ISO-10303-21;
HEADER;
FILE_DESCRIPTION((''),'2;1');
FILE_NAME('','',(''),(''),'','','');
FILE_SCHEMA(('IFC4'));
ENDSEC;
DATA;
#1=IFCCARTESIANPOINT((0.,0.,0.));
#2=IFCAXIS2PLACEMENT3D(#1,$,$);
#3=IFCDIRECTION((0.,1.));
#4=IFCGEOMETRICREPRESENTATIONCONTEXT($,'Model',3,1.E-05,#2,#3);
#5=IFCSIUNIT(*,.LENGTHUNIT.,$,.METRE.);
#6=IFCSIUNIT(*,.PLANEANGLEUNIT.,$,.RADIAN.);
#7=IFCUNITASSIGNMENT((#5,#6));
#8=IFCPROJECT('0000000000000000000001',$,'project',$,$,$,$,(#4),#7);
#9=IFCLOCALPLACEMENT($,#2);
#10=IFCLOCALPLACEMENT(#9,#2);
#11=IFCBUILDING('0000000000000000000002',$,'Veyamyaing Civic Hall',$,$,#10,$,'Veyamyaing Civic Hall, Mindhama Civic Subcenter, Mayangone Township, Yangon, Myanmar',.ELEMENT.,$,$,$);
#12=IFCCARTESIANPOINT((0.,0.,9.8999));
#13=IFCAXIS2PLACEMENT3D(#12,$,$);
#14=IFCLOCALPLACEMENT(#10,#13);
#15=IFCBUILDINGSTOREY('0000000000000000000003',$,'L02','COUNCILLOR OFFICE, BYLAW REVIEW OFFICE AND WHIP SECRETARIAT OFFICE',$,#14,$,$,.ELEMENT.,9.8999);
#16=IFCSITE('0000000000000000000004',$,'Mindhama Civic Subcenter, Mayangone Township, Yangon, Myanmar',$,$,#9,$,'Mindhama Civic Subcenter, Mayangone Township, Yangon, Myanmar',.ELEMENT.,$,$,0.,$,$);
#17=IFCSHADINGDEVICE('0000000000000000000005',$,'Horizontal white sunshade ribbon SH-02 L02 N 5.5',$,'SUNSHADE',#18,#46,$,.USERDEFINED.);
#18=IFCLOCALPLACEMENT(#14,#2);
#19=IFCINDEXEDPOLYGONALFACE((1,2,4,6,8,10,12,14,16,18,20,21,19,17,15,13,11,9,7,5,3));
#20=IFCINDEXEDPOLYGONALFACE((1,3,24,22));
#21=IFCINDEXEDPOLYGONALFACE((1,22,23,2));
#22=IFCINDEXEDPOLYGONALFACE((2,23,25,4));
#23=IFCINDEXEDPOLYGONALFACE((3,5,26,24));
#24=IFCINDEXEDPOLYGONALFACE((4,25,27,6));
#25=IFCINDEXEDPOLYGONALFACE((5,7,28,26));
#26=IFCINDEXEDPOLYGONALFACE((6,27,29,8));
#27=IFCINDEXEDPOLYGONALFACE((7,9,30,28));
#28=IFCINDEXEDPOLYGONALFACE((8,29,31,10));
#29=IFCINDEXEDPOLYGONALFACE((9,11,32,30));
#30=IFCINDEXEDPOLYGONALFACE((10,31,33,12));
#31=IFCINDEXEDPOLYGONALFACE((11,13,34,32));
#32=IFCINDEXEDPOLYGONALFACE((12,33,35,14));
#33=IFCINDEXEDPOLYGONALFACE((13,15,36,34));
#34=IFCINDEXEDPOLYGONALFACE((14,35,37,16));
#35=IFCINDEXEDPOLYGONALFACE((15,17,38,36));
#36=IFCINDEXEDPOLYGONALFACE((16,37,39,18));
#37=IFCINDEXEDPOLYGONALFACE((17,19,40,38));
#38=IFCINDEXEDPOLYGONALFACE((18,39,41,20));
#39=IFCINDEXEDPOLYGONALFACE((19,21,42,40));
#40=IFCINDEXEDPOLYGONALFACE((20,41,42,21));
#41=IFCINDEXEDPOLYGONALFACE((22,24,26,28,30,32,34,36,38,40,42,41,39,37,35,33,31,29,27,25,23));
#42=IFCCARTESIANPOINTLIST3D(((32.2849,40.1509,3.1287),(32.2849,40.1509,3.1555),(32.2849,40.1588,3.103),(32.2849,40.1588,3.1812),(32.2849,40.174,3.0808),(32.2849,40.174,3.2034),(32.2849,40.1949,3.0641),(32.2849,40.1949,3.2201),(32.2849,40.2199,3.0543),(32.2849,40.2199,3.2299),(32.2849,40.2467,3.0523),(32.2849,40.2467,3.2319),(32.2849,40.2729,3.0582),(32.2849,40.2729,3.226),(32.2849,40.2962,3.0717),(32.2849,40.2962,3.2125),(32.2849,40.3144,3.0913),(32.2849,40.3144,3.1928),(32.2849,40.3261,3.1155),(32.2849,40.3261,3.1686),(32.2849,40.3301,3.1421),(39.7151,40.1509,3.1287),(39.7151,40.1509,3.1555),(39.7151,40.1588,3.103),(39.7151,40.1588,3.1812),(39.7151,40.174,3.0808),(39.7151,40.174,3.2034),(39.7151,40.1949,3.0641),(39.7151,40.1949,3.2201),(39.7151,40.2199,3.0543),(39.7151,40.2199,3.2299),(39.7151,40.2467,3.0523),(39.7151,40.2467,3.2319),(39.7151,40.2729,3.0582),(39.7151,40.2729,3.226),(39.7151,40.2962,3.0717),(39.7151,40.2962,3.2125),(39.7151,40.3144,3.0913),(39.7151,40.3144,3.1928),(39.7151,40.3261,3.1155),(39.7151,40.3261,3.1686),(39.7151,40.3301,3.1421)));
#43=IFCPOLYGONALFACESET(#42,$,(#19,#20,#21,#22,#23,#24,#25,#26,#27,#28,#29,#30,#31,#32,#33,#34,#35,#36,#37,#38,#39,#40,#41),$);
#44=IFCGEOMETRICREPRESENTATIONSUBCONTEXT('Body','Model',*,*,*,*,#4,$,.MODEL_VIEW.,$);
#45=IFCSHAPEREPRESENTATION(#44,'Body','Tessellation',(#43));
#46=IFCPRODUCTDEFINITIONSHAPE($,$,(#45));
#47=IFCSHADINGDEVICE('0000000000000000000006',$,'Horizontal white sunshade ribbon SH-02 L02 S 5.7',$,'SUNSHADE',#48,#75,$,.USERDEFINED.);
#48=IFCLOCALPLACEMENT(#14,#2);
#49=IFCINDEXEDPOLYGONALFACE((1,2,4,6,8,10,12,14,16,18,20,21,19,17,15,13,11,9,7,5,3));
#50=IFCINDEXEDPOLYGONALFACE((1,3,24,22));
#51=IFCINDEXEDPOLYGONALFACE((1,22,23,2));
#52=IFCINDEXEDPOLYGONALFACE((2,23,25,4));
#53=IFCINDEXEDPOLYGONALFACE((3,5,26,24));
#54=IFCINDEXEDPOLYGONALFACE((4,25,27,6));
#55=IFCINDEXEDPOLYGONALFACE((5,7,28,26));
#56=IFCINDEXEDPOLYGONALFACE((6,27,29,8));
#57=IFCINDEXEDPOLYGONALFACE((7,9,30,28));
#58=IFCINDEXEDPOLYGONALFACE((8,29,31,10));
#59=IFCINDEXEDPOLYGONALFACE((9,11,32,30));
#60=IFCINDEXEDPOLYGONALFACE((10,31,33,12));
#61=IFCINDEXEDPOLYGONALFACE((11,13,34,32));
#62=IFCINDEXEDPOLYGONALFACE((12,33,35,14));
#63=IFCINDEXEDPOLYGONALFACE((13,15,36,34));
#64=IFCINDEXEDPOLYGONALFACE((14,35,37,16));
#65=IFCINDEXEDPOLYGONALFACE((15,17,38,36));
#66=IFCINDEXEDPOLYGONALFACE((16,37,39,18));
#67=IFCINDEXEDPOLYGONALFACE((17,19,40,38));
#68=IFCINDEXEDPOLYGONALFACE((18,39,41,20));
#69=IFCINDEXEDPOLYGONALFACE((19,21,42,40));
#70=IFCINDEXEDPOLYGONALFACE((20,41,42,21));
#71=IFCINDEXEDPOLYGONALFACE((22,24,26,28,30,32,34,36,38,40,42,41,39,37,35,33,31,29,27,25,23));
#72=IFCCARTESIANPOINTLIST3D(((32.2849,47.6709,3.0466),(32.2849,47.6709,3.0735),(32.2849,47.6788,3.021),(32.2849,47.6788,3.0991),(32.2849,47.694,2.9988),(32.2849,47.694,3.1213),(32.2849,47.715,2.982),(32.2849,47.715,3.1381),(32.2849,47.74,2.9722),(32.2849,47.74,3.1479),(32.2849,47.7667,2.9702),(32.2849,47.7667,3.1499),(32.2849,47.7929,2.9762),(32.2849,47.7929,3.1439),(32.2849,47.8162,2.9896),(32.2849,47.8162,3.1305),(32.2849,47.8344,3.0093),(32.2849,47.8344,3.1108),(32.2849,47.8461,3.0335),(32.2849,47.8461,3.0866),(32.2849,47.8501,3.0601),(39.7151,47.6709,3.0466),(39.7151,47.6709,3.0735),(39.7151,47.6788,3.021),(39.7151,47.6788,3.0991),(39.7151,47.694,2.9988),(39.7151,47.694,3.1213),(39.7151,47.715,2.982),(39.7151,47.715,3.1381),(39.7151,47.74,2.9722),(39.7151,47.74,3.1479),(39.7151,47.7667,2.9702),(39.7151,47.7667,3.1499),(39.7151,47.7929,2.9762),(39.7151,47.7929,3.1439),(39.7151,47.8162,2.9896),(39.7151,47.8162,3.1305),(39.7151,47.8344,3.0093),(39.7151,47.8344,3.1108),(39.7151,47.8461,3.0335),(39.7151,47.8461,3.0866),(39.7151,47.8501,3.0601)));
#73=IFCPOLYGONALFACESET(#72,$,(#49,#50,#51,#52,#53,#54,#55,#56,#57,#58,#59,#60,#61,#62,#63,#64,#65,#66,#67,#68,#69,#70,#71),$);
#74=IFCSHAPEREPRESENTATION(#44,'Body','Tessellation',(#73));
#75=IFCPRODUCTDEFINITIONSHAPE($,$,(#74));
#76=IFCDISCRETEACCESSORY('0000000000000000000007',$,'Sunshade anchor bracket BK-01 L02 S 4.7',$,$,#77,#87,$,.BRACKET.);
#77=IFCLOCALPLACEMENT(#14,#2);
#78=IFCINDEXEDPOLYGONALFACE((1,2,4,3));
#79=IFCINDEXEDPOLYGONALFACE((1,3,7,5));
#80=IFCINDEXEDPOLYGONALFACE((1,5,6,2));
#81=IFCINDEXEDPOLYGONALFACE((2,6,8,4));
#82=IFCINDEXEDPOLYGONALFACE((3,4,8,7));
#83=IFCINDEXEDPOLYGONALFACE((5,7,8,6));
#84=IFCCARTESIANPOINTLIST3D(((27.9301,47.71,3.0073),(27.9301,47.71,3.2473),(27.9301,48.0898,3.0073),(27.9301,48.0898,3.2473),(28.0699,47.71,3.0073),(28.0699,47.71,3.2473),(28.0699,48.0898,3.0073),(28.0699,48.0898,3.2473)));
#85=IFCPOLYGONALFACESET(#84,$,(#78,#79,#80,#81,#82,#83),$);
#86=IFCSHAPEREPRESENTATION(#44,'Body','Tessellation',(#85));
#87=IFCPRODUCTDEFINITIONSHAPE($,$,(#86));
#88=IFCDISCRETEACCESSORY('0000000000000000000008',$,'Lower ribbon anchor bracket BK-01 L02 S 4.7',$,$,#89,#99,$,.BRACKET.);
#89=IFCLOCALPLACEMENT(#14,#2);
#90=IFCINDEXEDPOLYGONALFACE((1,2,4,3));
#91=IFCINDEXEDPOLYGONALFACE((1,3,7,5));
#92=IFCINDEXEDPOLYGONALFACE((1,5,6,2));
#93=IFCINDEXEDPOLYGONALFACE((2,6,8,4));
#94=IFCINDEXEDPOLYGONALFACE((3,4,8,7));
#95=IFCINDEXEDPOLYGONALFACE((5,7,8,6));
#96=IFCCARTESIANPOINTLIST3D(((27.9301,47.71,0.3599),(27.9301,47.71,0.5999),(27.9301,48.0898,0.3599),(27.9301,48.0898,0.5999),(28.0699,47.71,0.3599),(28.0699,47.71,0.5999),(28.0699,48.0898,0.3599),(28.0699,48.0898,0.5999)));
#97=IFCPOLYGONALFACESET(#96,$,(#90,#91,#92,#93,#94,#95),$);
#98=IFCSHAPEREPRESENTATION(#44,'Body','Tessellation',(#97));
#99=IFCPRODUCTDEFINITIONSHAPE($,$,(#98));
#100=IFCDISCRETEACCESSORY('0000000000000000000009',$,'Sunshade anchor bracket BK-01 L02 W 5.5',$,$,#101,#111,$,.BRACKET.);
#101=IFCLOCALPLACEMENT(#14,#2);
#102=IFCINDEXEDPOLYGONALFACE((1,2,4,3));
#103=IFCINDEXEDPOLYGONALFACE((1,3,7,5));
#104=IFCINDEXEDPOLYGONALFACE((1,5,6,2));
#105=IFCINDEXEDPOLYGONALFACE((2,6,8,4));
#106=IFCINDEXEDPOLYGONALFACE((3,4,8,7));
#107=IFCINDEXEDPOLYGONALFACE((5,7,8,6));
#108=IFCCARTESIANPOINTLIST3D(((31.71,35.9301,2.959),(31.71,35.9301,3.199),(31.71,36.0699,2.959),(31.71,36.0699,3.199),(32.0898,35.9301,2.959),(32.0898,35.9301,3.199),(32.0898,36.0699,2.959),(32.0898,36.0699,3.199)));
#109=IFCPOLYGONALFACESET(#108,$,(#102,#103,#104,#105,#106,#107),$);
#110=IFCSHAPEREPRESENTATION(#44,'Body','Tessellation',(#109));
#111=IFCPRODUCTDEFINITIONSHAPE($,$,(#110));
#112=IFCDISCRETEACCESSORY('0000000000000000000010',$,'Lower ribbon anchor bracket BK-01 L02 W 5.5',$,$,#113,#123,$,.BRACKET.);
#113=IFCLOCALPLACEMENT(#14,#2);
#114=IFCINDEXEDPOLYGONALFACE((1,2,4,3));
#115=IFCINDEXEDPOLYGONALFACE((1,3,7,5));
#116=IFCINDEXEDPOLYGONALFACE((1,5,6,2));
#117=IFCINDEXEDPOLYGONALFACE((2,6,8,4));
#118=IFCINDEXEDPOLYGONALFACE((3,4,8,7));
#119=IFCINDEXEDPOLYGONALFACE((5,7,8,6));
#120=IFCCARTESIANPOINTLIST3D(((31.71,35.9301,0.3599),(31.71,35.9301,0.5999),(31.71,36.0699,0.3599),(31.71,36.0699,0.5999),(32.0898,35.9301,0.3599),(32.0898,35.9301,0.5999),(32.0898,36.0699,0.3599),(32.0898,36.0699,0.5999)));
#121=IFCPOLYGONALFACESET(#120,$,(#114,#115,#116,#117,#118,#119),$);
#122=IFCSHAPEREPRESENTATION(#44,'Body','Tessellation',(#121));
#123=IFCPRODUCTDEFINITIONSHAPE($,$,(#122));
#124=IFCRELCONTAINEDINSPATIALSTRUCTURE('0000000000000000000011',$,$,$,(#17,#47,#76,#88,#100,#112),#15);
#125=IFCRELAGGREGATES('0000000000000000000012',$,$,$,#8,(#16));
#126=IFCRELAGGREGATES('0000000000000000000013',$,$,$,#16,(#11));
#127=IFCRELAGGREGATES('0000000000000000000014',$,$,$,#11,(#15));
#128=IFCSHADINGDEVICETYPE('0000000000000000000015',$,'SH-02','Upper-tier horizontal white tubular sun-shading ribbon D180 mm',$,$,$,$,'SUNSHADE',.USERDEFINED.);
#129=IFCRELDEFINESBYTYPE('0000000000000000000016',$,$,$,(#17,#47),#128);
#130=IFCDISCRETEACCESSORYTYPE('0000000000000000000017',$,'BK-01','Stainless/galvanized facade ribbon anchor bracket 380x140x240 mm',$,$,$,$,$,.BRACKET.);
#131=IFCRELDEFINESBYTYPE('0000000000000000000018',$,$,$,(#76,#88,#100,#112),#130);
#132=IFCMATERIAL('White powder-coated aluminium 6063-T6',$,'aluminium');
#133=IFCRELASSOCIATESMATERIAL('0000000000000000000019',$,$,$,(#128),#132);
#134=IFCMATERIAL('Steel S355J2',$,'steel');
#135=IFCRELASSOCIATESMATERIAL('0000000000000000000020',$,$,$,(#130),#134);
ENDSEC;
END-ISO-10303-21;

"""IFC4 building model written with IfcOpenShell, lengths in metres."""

from ifc_helpers import new_model, si_unit, direction, frame, origin, origin_2d, place, context, subcontext, project, spatial, rectangle, circle, extrude, material, material_profile, profile_set, type_object, element, save


model = new_model("IFC4")

# Units and contexts
model_context = context("Model", 3, precision=1e-05, world=origin(), true_north=direction((0.0, 1.0)))
body_context = subcontext(model_context, "Body", "Model", "MODEL_VIEW")
ifc_project = project(units=[si_unit("LENGTHUNIT", "METRE"), si_unit("PLANEANGLEUNIT", "RADIAN")], contexts=[model_context])

# Site, building, storey
site_placement = place(None, origin())
site = spatial("IfcSite", under=ifc_project, at=site_placement, Name="Mindhama Civic Subcenter, Mayangone Township, Yangon, Myanmar", LongName="Mindhama Civic Subcenter, Mayangone Township, Yangon, Myanmar", CompositionType="ELEMENT", RefElevation=0.0)
building_placement = place(site_placement, origin())
building = spatial("IfcBuilding", under=site, at=building_placement, Name="Veyamyaing Civic Hall", LongName="Veyamyaing Civic Hall, Mindhama Civic Subcenter, Mayangone Township, Yangon, Myanmar", CompositionType="ELEMENT")
storey_placement = place(building_placement, frame((0.0, 0.0, 9.8999)))
storey = spatial("IfcBuildingStorey", under=building, at=storey_placement, Name="L02", Description="COUNCILLOR OFFICE, BYLAW REVIEW OFFICE AND WHIP SECRETARIAT OFFICE", CompositionType="ELEMENT", Elevation=9.8999)

# Shared definitions
ifc_material_1 = material(Name="White powder-coated aluminium 6063-T6", Category="aluminium")

# Shading devices
ifc_material_profile_1 = material_profile(ifc_material_1, circle(Radius=0.0901, at=origin_2d()), Name="SHADE-TUBE-180")
ifc_profile_set_1 = profile_set([ifc_material_profile_1], Name="White powder-coated aluminium 6063-T6")
shading_device_type = type_object("IfcShadingDeviceType", Name="SH-02", Description="Upper-tier horizontal white tubular sun-shading ribbon D180 mm", ElementType="SUNSHADE", PredefinedType="USERDEFINED", material=ifc_profile_set_1)
for number, where, z_axis, x_axis, name in (
    (1, (32.2849, 40.24, 3.1421), (1.0, 0.0, 0.0), (0.0, 1.0, 0.0), "Horizontal white sunshade ribbon SH-02 L02 N 5.5"),
    (2, (32.2849, 47.76, 3.0601), (1.0, 0.0, 0.0), (0.0, 1.0, 0.0), "Horizontal white sunshade ribbon SH-02 L02 S 5.7"),
):
    element("IfcShadingDevice", number, at=place(storey_placement, frame(where, z_axis=z_axis, x_axis=x_axis)), inside=storey, type_object=shading_device_type, Name=name, ObjectType="SUNSHADE", PredefinedType="USERDEFINED", context=body_context, shape_type="SweptSolid", body=[
        extrude(circle(Radius=0.0901, at=origin_2d()), origin(), (0.0, 0.0, 1.0), 7.4302),
    ])

# Discrete accessories
ifc_material_2 = material(Name="Steel S355J2", Category="steel")
discrete_accessory_type = type_object("IfcDiscreteAccessoryType", Name="BK-01", Description="Stainless/galvanized facade ribbon anchor bracket 380x140x240 mm", PredefinedType="BRACKET", material=ifc_material_2)
for number, where, z_axis, x_axis, name in (
    (3, (28.0, 47.8999, 3.0073), (0.0, 0.0, 1.0), (0.0, -1.0, 0.0), "Sunshade anchor bracket BK-01 L02 S 4.7"),
    (4, (28.0, 47.8999, 0.3599), (0.0, 0.0, 1.0), (0.0, -1.0, 0.0), "Lower ribbon anchor bracket BK-01 L02 S 4.7"),
    (5, (31.8999, 36.0, 2.959), (0.0, 0.0, 1.0), (-1.0, 0.0, 0.0), "Sunshade anchor bracket BK-01 L02 W 5.5"),
    (6, (31.8999, 36.0, 0.3599), (0.0, 0.0, 1.0), (-1.0, 0.0, 0.0), "Lower ribbon anchor bracket BK-01 L02 W 5.5"),
):
    element("IfcDiscreteAccessory", number, at=place(storey_placement, frame(where, z_axis=z_axis, x_axis=x_axis)), inside=storey, type_object=discrete_accessory_type, Name=name, PredefinedType="BRACKET", context=body_context, shape_type="SweptSolid", body=[
        extrude(rectangle(XDim=0.3799, YDim=0.1399, at=origin_2d()), origin(), (0.0, 0.0, 1.0), 0.24),
    ])

save(model, "model.ifc")
